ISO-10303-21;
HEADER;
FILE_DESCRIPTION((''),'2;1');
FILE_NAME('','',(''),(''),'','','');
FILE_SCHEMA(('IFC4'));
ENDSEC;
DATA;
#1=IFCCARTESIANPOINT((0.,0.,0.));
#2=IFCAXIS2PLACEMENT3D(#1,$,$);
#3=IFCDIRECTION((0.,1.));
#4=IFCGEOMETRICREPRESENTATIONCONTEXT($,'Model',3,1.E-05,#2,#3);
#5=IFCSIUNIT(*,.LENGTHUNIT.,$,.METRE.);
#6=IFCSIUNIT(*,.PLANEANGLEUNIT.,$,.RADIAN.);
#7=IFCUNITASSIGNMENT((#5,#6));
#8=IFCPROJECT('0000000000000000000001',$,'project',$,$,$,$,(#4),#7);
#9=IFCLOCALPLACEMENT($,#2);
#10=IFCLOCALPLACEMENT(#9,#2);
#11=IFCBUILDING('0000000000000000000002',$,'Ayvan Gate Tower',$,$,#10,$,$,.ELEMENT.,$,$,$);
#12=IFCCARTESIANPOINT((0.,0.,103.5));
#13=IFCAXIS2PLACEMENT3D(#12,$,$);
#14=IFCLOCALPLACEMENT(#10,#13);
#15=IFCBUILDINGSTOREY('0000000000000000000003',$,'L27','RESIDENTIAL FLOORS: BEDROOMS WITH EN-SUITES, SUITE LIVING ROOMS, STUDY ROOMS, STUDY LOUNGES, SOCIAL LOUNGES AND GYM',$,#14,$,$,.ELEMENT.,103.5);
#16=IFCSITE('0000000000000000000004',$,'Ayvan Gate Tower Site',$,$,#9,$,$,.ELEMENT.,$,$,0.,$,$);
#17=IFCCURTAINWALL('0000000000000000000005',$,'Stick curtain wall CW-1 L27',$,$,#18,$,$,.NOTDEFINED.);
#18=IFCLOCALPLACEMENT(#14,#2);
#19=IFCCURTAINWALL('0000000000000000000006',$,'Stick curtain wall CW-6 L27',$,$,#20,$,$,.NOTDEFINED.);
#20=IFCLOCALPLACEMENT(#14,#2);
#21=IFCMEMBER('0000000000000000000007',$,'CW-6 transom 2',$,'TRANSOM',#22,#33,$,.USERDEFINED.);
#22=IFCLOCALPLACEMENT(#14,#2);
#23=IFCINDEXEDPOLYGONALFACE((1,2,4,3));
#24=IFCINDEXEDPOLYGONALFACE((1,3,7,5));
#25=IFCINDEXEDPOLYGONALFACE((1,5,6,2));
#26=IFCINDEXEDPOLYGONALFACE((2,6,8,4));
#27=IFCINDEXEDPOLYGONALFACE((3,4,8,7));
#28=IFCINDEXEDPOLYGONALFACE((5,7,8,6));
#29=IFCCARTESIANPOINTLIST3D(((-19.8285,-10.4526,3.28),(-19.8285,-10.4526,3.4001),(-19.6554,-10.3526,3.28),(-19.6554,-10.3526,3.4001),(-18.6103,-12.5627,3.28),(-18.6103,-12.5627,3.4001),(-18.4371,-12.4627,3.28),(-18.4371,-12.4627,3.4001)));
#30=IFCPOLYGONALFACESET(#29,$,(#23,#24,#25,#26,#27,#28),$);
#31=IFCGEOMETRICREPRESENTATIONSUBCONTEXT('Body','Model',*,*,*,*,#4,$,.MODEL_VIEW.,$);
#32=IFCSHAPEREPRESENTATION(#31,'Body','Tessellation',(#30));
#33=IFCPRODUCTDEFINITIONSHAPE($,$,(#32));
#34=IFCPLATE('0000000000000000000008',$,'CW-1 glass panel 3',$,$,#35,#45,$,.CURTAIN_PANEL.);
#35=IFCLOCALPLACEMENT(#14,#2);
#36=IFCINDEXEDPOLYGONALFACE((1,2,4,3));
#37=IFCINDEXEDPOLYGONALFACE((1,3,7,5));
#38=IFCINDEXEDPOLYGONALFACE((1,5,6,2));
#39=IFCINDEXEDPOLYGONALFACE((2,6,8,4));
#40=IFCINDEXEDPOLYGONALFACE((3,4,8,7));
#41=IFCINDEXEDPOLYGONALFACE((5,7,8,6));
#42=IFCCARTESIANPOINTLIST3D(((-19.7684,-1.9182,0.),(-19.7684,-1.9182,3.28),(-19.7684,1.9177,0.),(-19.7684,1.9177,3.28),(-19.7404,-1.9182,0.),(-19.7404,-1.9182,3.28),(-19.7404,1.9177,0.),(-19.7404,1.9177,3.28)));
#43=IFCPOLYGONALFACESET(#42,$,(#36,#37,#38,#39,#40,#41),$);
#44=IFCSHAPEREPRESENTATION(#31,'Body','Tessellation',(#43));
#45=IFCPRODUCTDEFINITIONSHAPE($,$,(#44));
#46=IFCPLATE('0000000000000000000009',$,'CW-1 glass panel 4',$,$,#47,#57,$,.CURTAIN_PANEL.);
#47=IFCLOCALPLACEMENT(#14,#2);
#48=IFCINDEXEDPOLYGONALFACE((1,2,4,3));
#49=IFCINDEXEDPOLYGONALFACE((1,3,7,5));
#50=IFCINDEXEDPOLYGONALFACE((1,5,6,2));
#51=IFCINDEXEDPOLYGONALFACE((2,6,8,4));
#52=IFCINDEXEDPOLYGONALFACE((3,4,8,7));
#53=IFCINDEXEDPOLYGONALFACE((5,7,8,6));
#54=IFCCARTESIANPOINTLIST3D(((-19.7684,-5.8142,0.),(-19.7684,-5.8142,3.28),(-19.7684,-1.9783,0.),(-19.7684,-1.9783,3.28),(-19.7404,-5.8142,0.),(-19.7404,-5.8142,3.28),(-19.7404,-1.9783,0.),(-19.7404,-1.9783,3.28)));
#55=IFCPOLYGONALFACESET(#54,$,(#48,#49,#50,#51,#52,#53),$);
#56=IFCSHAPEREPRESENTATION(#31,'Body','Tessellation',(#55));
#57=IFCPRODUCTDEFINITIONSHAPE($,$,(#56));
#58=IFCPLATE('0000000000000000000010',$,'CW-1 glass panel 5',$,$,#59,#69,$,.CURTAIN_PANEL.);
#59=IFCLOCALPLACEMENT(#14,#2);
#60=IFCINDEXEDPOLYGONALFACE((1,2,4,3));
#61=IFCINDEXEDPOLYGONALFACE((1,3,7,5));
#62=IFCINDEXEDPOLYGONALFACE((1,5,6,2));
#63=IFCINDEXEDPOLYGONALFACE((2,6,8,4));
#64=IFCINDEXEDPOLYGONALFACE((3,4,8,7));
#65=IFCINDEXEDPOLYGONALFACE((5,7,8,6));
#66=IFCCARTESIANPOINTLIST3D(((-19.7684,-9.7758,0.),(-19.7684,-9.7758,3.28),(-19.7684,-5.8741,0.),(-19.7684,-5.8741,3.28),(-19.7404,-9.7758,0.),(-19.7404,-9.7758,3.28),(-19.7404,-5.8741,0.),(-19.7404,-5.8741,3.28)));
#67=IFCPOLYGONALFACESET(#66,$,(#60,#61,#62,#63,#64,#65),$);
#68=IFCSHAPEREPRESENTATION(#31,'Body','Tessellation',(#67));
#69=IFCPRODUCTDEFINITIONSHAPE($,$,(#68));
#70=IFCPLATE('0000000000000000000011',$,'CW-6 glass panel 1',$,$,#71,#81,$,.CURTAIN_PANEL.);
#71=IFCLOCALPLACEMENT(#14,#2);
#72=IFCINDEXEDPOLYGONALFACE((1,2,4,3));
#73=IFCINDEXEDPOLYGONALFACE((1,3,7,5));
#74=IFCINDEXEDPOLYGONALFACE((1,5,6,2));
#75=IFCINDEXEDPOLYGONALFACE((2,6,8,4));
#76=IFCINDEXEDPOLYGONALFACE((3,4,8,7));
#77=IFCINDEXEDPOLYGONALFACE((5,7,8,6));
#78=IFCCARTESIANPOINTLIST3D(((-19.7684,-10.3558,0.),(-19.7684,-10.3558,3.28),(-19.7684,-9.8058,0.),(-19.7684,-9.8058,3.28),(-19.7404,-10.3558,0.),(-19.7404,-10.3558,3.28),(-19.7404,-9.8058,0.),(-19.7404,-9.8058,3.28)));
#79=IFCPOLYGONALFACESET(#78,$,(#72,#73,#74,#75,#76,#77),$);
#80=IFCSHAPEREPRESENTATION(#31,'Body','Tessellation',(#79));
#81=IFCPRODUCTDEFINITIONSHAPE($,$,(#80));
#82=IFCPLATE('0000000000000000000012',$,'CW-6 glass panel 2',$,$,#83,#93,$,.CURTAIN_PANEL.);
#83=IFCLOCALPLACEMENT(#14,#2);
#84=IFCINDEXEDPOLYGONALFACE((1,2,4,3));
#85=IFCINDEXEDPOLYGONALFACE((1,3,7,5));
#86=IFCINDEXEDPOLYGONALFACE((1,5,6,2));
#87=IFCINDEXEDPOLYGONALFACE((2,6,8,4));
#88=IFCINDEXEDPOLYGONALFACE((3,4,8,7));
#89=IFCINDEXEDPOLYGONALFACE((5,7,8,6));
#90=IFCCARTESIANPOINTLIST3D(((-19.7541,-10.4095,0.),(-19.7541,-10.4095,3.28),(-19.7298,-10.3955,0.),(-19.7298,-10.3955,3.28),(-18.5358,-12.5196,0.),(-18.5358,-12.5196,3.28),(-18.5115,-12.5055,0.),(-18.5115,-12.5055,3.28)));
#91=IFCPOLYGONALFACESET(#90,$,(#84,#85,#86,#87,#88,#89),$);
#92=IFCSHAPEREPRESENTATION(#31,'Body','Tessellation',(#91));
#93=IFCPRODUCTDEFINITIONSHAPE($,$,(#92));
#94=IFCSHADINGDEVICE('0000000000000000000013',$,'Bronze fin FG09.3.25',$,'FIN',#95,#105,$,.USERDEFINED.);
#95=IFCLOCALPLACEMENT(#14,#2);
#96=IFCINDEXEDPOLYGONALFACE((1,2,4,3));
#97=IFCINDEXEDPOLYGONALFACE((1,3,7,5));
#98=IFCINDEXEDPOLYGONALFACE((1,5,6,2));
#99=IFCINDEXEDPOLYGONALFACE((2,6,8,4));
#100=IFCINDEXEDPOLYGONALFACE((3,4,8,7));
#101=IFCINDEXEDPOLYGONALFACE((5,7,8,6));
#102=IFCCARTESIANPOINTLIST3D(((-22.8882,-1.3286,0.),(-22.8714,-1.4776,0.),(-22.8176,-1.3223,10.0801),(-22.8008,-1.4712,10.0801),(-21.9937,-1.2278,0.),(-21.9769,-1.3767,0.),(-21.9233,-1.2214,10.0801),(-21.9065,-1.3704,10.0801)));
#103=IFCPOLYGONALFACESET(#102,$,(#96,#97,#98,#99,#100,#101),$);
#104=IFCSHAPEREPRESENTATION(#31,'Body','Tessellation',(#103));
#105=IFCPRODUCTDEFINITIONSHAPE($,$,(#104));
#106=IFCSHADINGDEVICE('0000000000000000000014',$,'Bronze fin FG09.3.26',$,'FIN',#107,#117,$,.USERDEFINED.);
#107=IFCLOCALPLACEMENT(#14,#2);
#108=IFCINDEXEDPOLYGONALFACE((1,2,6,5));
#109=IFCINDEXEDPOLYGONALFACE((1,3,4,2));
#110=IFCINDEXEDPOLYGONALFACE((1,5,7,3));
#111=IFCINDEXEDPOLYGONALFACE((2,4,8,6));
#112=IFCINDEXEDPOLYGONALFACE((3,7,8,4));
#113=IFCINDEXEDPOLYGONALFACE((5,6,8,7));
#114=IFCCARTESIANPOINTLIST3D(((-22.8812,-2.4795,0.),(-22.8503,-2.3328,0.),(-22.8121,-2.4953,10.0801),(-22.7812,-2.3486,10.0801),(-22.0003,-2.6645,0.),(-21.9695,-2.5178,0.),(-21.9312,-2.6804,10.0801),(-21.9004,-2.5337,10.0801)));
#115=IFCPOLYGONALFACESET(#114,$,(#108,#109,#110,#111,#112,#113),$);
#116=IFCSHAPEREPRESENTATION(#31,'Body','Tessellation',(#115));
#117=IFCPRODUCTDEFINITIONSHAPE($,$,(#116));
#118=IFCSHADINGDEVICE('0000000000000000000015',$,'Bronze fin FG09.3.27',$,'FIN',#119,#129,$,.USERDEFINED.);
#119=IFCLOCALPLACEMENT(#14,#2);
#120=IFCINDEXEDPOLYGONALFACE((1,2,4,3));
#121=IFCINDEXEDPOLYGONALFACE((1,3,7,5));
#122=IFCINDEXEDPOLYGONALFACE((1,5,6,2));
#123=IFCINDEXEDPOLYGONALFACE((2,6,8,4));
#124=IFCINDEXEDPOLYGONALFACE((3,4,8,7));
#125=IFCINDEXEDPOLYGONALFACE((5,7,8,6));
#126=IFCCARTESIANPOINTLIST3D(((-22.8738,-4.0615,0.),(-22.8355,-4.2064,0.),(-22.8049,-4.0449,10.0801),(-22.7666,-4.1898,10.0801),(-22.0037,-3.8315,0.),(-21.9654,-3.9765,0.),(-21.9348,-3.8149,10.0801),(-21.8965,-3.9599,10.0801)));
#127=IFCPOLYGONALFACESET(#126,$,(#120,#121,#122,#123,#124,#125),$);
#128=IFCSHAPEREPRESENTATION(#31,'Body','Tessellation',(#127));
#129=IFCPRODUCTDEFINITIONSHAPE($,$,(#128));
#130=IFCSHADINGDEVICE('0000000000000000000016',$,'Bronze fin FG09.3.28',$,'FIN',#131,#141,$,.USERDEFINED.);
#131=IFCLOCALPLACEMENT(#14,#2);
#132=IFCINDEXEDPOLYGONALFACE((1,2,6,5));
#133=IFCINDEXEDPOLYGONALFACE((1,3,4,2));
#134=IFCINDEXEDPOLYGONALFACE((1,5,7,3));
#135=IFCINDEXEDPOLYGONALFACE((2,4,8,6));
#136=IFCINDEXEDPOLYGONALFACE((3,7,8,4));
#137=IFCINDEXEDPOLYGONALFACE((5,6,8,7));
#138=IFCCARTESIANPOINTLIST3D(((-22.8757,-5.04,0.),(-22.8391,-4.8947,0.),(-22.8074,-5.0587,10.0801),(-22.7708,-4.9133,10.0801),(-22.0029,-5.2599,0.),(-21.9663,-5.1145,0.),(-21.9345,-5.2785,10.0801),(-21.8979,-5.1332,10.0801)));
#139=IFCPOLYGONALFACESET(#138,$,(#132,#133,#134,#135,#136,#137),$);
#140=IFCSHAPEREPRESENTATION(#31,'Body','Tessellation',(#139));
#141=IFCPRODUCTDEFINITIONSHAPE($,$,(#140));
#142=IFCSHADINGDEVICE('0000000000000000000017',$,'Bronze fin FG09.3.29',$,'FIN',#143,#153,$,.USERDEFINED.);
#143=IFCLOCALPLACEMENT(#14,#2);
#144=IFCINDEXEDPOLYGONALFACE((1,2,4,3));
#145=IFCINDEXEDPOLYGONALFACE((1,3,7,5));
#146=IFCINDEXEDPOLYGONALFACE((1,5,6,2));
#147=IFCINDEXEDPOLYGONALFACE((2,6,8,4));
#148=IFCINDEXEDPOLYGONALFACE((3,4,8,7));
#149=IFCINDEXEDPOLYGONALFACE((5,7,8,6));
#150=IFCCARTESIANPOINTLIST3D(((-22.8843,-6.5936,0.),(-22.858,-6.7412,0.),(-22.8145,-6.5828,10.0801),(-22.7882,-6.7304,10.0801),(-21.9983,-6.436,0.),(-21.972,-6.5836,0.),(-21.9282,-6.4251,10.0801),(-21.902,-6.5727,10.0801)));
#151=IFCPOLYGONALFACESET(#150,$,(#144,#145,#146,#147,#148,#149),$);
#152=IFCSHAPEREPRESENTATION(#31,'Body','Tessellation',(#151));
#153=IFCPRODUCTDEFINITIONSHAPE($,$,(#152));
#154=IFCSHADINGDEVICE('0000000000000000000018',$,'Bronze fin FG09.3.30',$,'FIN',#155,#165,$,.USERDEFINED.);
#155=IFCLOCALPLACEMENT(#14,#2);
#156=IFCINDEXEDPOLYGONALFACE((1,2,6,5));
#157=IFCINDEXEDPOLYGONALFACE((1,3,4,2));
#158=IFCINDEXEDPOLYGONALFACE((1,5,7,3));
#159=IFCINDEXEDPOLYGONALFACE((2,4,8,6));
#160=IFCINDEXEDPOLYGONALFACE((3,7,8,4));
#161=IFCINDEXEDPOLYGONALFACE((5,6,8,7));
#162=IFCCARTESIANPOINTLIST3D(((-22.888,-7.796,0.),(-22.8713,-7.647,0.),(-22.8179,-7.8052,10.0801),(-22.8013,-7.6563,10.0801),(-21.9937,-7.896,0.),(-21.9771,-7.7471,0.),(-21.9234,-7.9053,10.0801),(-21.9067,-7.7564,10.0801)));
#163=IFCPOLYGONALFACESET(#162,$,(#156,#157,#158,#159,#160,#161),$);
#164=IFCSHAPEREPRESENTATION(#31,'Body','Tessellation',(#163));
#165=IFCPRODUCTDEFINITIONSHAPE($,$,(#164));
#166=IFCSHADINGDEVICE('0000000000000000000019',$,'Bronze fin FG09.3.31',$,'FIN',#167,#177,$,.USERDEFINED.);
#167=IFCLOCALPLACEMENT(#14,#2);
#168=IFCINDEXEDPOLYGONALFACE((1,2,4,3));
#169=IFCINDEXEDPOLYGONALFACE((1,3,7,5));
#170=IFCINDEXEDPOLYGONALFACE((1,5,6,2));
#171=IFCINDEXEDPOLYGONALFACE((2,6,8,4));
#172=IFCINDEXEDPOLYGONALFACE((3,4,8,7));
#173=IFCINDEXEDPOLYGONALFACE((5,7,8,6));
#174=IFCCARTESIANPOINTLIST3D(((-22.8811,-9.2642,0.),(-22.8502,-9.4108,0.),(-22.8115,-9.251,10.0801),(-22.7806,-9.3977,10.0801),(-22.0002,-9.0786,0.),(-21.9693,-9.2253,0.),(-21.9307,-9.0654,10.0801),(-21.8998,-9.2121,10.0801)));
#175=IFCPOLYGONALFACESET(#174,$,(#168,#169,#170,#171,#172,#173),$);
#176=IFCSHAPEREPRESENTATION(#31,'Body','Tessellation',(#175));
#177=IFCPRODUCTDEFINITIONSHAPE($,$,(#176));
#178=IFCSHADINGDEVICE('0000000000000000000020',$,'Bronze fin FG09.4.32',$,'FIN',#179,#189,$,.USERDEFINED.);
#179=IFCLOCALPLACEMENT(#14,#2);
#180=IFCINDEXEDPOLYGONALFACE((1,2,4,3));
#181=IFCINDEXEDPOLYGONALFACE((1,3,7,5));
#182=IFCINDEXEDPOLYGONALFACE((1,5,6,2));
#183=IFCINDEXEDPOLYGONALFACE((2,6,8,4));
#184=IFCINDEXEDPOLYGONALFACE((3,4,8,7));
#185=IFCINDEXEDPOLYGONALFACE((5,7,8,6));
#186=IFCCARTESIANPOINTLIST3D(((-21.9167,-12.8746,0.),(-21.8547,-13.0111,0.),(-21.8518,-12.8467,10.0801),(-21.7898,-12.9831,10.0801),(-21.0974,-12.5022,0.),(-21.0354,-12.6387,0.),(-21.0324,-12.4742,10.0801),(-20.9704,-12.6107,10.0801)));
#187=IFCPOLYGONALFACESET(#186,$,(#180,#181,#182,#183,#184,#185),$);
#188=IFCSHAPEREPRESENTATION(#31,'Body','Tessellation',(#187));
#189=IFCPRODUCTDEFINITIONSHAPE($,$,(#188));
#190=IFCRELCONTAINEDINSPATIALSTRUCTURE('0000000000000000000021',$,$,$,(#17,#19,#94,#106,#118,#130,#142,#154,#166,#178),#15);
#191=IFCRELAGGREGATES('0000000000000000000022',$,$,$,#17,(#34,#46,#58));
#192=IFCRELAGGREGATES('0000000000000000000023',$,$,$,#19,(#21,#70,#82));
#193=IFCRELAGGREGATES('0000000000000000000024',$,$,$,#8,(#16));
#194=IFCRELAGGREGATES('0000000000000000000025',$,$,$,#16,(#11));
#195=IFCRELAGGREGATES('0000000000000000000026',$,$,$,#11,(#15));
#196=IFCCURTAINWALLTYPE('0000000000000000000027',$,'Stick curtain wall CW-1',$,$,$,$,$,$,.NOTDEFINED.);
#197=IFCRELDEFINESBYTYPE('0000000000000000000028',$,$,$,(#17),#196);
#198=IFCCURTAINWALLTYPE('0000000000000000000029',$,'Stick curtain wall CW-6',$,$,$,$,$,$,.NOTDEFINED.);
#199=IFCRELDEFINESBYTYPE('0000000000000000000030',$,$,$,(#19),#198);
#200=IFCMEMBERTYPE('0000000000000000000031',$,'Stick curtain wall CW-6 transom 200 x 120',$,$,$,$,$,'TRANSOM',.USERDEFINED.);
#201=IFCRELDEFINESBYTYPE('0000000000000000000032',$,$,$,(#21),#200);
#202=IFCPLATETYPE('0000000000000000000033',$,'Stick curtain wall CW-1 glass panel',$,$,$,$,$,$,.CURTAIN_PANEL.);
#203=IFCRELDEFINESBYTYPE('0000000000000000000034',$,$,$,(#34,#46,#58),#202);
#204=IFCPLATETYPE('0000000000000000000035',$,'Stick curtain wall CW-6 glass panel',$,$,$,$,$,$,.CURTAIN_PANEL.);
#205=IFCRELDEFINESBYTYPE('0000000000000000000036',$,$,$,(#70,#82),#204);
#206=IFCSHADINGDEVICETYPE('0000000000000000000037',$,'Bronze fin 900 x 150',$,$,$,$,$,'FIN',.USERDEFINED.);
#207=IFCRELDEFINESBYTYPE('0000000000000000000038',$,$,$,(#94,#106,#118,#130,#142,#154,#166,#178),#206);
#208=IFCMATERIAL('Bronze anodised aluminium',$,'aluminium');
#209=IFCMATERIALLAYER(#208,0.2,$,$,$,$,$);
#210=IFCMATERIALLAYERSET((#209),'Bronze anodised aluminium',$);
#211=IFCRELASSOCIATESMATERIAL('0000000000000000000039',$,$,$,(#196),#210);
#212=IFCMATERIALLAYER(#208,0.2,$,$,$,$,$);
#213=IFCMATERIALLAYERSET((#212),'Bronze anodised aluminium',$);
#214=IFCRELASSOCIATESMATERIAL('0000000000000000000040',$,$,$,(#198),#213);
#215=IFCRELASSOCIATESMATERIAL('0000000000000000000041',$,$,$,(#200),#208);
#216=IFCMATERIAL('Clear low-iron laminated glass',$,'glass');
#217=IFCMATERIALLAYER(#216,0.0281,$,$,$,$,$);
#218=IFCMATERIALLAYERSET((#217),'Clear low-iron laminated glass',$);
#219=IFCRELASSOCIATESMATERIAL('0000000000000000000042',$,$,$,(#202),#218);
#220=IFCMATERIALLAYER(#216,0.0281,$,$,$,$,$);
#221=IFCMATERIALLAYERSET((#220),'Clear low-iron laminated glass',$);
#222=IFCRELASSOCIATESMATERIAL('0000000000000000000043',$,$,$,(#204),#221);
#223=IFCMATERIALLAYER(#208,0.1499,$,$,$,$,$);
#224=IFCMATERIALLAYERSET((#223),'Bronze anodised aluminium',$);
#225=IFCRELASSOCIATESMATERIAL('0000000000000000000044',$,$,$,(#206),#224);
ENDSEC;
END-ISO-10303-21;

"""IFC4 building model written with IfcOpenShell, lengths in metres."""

from ifc_helpers import new_model, si_unit, direction, frame, origin, origin_2d, place, context, subcontext, project, spatial, polyline, rectangle, outline, extrude, material, layer, layer_set, material_profile, profile_set, type_object, element, aggregate, save


model = new_model("IFC4")

# Units and contexts
model_context = context("Model", 3, precision=1e-05, world=origin(), true_north=direction((0.0, 1.0)))
body_context = subcontext(model_context, "Body", "Model", "MODEL_VIEW")
ifc_project = project(units=[si_unit("LENGTHUNIT", "METRE"), si_unit("PLANEANGLEUNIT", "RADIAN")], contexts=[model_context])

# Site, building, storey
site_placement = place(None, origin())
site = spatial("IfcSite", under=ifc_project, at=site_placement, Name="Ayvan Gate Tower Site", CompositionType="ELEMENT", RefElevation=0.0)
building_placement = place(site_placement, origin())
building = spatial("IfcBuilding", under=site, at=building_placement, Name="Ayvan Gate Tower", CompositionType="ELEMENT")
storey_placement = place(building_placement, frame((0.0, 0.0, 103.5)))
storey = spatial("IfcBuildingStorey", under=building, at=storey_placement, Name="L27", Description="RESIDENTIAL FLOORS: BEDROOMS WITH EN-SUITES, SUITE LIVING ROOMS, STUDY ROOMS, STUDY LOUNGES, SOCIAL LOUNGES AND GYM", CompositionType="ELEMENT", Elevation=103.5)

# Curtain walls, member
ifc_material_1 = material(Name="Bronze anodised aluminium", Category="aluminium")
ifc_layer_1 = layer(ifc_material_1, 0.2)
ifc_layer_set_1 = layer_set([ifc_layer_1], Name="Bronze anodised aluminium")
curtain_wall_type_1 = type_object("IfcCurtainWallType", Name="Stick curtain wall CW-1", PredefinedType="NOTDEFINED", material=ifc_layer_set_1)
curtain_wall_1_placement = place(storey_placement, origin())
curtain_wall_1 = element("IfcCurtainWall", 1, at=curtain_wall_1_placement, inside=storey, type_object=curtain_wall_type_1, Name="Stick curtain wall CW-1 L27", PredefinedType="NOTDEFINED")
ifc_layer_2 = layer(ifc_material_1, 0.2)
ifc_layer_set_2 = layer_set([ifc_layer_2], Name="Bronze anodised aluminium")
curtain_wall_type_2 = type_object("IfcCurtainWallType", Name="Stick curtain wall CW-6", PredefinedType="NOTDEFINED", material=ifc_layer_set_2)
curtain_wall_2_placement = place(storey_placement, origin())
curtain_wall_2 = element("IfcCurtainWall", 2, at=curtain_wall_2_placement, inside=storey, type_object=curtain_wall_type_2, Name="Stick curtain wall CW-6 L27", PredefinedType="NOTDEFINED")
ifc_material_profile_1 = material_profile(ifc_material_1, rectangle(XDim=0.2, YDim=0.1201, at=origin_2d()), Name="Stick curtain wall CW-6 transom 200 x 120")
ifc_profile_set_1 = profile_set([ifc_material_profile_1], Name="Bronze anodised aluminium")
member_type_1 = type_object("IfcMemberType", Name="Stick curtain wall CW-6 transom 200 x 120", ElementType="TRANSOM", PredefinedType="USERDEFINED", material=ifc_profile_set_1)
member_1_placement = place(storey_placement, frame((-19.7419, -10.4026, 3.3401), z_axis=(0.499997, -0.866027, 0.0), x_axis=(0.866027, 0.499997, 0.0)))
member_1 = element("IfcMember", 3, at=member_1_placement, type_object=member_type_1, Name="CW-6 transom 2", ObjectType="TRANSOM", PredefinedType="USERDEFINED", context=body_context, shape_type="SweptSolid", body=[
    extrude(rectangle(XDim=0.2, YDim=0.1201, at=origin_2d()), origin(), (0.0, 0.0, 1.0), 2.4365),
])

# Plates
ifc_material_2 = material(Name="Clear low-iron laminated glass", Category="glass")
ifc_layer_3 = layer(ifc_material_2, 0.0281)
ifc_layer_set_3 = layer_set([ifc_layer_3], Name="Clear low-iron laminated glass")
plate_type_1 = type_object("IfcPlateType", Name="Stick curtain wall CW-1 glass panel", PredefinedType="CURTAIN_PANEL", material=ifc_layer_set_3)
plate_1_placement = place(storey_placement, frame((-19.7544, -0.0002, 0.0), z_axis=(0.0, 0.0, 1.0), x_axis=(0.0, -1.0, 0.0)))
plate_1 = element("IfcPlate", 4, at=plate_1_placement, type_object=plate_type_1, Name="CW-1 glass panel 3", PredefinedType="CURTAIN_PANEL", context=body_context, shape_type="SweptSolid", body=[
    extrude(rectangle(XDim=3.8359, YDim=0.0281, at=origin_2d()), origin(), (0.0, 0.0, 1.0), 3.28),
])
plate_2_placement = place(storey_placement, frame((-19.7544, -3.8962, 0.0), z_axis=(0.0, 0.0, 1.0), x_axis=(0.0, -1.0, 0.0)))
plate_2 = element("IfcPlate", 5, at=plate_2_placement, type_object=plate_type_1, Name="CW-1 glass panel 4", PredefinedType="CURTAIN_PANEL", context=body_context, shape_type="SweptSolid", body=[
    extrude(rectangle(XDim=3.8359, YDim=0.0281, at=origin_2d()), origin(), (0.0, 0.0, 1.0), 3.28),
])
plate_3_placement = place(storey_placement, frame((-19.7544, -7.825, 0.0), z_axis=(0.0, 0.0, 1.0), x_axis=(0.0, -1.0, 0.0)))
plate_3 = element("IfcPlate", 6, at=plate_3_placement, type_object=plate_type_1, Name="CW-1 glass panel 5", PredefinedType="CURTAIN_PANEL", context=body_context, shape_type="SweptSolid", body=[
    extrude(rectangle(XDim=3.9016, YDim=0.0281, at=origin_2d()), origin(), (0.0, 0.0, 1.0), 3.28),
])
aggregate(curtain_wall_1, [plate_1, plate_2, plate_3])
ifc_layer_4 = layer(ifc_material_2, 0.0281)
ifc_layer_set_4 = layer_set([ifc_layer_4], Name="Clear low-iron laminated glass")
plate_type_2 = type_object("IfcPlateType", Name="Stick curtain wall CW-6 glass panel", PredefinedType="CURTAIN_PANEL", material=ifc_layer_set_4)
plate_4_placement = place(storey_placement, frame((-19.7544, -10.0808, 0.0), z_axis=(0.0, 0.0, 1.0), x_axis=(0.0, -1.0, 0.0)))
plate_4 = element("IfcPlate", 7, at=plate_4_placement, type_object=plate_type_2, Name="CW-6 glass panel 1", PredefinedType="CURTAIN_PANEL", context=body_context, shape_type="SweptSolid", body=[
    extrude(rectangle(XDim=0.55, YDim=0.0281, at=origin_2d()), origin(), (0.0, 0.0, 1.0), 3.28),
])
plate_5_placement = place(storey_placement, frame((-19.1328, -11.4575, 0.0), z_axis=(0.0, 0.0, 1.0), x_axis=(0.5, -0.866025, 0.0)))
plate_5 = element("IfcPlate", 8, at=plate_5_placement, type_object=plate_type_2, Name="CW-6 glass panel 2", PredefinedType="CURTAIN_PANEL", context=body_context, shape_type="SweptSolid", body=[
    extrude(rectangle(XDim=2.4365, YDim=0.0281, at=origin_2d()), origin(), (0.0, 0.0, 1.0), 3.28),
])
aggregate(curtain_wall_2, [member_1, plate_4, plate_5])

# Shading devices
ifc_layer_5 = layer(ifc_material_1, 0.1499)
ifc_layer_set_5 = layer_set([ifc_layer_5], Name="Bronze anodised aluminium")
shading_device_type = type_object("IfcShadingDeviceType", Name="Bronze fin 900 x 150", ElementType="FIN", PredefinedType="USERDEFINED", material=ifc_layer_set_5)
shading_device_1_placement = place(storey_placement, frame((-21.9937, -1.2278, 0.0), z_axis=(-0.112024, 0.993705, 0.000157), x_axis=(-0.993705, -0.112024, 0.0)))
element("IfcShadingDevice", 9, at=shading_device_1_placement, inside=storey, type_object=shading_device_type, Name="Bronze fin FG09.3.25", ObjectType="FIN", PredefinedType="USERDEFINED", context=body_context, shape_type="SweptSolid", body=[
    extrude(outline(polyline([(0.0, 0.0), (0.9002, 0.0), (0.8294, 10.0801), (-0.0706, 10.0801), (0.0, 0.0)])), origin(), (0.0, 0.0, -1.0), 0.1499),
])
shading_device_2_placement = place(storey_placement, frame((-21.9695, -2.5178, 0.0), z_axis=(0.2056, 0.978636, 0.000131), x_axis=(-0.978636, 0.2056, 0.0)))
element("IfcShadingDevice", 10, at=shading_device_2_placement, inside=storey, type_object=shading_device_type, Name="Bronze fin FG09.3.26", ObjectType="FIN", PredefinedType="USERDEFINED", context=body_context, shape_type="SweptSolid", body=[
    extrude(outline(polyline([(0.0, 0.0), (0.9001, 0.0), (0.8292, 10.0801), (-0.0709, 10.0801), (0.0, 0.0)])), origin(), (0.0, 0.0, -1.0), 0.1499),
])
shading_device_3_placement = place(storey_placement, frame((-22.0037, -3.8315, 0.0), z_axis=(-0.255535, 0.9668, 0.000153), x_axis=(-0.9668, -0.255535, 0.0)))
element("IfcShadingDevice", 11, at=shading_device_3_placement, inside=storey, type_object=shading_device_type, Name="Bronze fin FG09.3.27", ObjectType="FIN", PredefinedType="USERDEFINED", context=body_context, shape_type="SweptSolid", body=[
    extrude(outline(polyline([(0.0, 0.0), (0.9, 0.0), (0.8292, 10.0801), (-0.0708, 10.0801), (0.0, 0.0)])), origin(), (0.0, 0.0, -1.0), 0.1499),
])
shading_device_4_placement = place(storey_placement, frame((-21.9663, -5.1145, 0.0), z_axis=(0.244258, 0.96971, 0.00014), x_axis=(-0.96971, 0.244258, 0.0)))
element("IfcShadingDevice", 12, at=shading_device_4_placement, inside=storey, type_object=shading_device_type, Name="Bronze fin FG09.3.28", ObjectType="FIN", PredefinedType="USERDEFINED", context=body_context, shape_type="SweptSolid", body=[
    extrude(outline(polyline([(0.0, 0.0), (0.9, 0.0), (0.8292, 10.0801), (-0.0709, 10.0801), (0.0, 0.0)])), origin(), (0.0, 0.0, -1.0), 0.1499),
])
shading_device_5_placement = place(storey_placement, frame((-21.9983, -6.436, 0.0), z_axis=(-0.175101, 0.984551, 0.000154), x_axis=(-0.984551, -0.175101, 0.0)))
element("IfcShadingDevice", 13, at=shading_device_5_placement, inside=storey, type_object=shading_device_type, Name="Bronze fin FG09.3.29", ObjectType="FIN", PredefinedType="USERDEFINED", context=body_context, shape_type="SweptSolid", body=[
    extrude(outline(polyline([(0.0, 0.0), (0.8999, 0.0), (0.8292, 10.0801), (-0.0709, 10.0801), (0.0, 0.0)])), origin(), (0.0, 0.0, -1.0), 0.1499),
])
shading_device_6_placement = place(storey_placement, frame((-21.9771, -7.7471, 0.0), z_axis=(0.11122, 0.993796, 0.00014), x_axis=(-0.993796, 0.11122, 0.0)))
element("IfcShadingDevice", 14, at=shading_device_6_placement, inside=storey, type_object=shading_device_type, Name="Bronze fin FG09.3.30", ObjectType="FIN", PredefinedType="USERDEFINED", context=body_context, shape_type="SweptSolid", body=[
    extrude(outline(polyline([(0.0, 0.0), (0.8999, 0.0), (0.8292, 10.0801), (-0.0709, 10.0801), (0.0, 0.0)])), origin(), (0.0, 0.0, -1.0), 0.1499),
])
shading_device_7_placement = place(storey_placement, frame((-22.0002, -9.0786, 0.0), z_axis=(-0.20612, 0.978527, 0.000143), x_axis=(-0.978527, -0.20612, 0.0)))
element("IfcShadingDevice", 15, at=shading_device_7_placement, inside=storey, type_object=shading_device_type, Name="Bronze fin FG09.3.31", ObjectType="FIN", PredefinedType="USERDEFINED", context=body_context, shape_type="SweptSolid", body=[
    extrude(outline(polyline([(0.0, 0.0), (0.9002, 0.0), (0.8294, 10.0801), (-0.0708, 10.0801), (0.0, 0.0)])), origin(), (0.0, 0.0, -1.0), 0.1499),
])
shading_device_8_placement = place(storey_placement, frame((-21.0974, -12.5022, 0.0), z_axis=(-0.413813, 0.910362, 0.000141), x_axis=(-0.910362, -0.413813, 0.0)))
element("IfcShadingDevice", 16, at=shading_device_8_placement, inside=storey, type_object=shading_device_type, Name="Bronze fin FG09.4.32", ObjectType="FIN", PredefinedType="USERDEFINED", context=body_context, shape_type="SweptSolid", body=[
    extrude(outline(polyline([(0.0, 0.0), (0.9, 0.0), (0.8293, 10.0801), (-0.0707, 10.0801), (0.0, 0.0)])), origin(), (0.0, 0.0, -1.0), 0.1499),
])

save(model, "model.ifc")
